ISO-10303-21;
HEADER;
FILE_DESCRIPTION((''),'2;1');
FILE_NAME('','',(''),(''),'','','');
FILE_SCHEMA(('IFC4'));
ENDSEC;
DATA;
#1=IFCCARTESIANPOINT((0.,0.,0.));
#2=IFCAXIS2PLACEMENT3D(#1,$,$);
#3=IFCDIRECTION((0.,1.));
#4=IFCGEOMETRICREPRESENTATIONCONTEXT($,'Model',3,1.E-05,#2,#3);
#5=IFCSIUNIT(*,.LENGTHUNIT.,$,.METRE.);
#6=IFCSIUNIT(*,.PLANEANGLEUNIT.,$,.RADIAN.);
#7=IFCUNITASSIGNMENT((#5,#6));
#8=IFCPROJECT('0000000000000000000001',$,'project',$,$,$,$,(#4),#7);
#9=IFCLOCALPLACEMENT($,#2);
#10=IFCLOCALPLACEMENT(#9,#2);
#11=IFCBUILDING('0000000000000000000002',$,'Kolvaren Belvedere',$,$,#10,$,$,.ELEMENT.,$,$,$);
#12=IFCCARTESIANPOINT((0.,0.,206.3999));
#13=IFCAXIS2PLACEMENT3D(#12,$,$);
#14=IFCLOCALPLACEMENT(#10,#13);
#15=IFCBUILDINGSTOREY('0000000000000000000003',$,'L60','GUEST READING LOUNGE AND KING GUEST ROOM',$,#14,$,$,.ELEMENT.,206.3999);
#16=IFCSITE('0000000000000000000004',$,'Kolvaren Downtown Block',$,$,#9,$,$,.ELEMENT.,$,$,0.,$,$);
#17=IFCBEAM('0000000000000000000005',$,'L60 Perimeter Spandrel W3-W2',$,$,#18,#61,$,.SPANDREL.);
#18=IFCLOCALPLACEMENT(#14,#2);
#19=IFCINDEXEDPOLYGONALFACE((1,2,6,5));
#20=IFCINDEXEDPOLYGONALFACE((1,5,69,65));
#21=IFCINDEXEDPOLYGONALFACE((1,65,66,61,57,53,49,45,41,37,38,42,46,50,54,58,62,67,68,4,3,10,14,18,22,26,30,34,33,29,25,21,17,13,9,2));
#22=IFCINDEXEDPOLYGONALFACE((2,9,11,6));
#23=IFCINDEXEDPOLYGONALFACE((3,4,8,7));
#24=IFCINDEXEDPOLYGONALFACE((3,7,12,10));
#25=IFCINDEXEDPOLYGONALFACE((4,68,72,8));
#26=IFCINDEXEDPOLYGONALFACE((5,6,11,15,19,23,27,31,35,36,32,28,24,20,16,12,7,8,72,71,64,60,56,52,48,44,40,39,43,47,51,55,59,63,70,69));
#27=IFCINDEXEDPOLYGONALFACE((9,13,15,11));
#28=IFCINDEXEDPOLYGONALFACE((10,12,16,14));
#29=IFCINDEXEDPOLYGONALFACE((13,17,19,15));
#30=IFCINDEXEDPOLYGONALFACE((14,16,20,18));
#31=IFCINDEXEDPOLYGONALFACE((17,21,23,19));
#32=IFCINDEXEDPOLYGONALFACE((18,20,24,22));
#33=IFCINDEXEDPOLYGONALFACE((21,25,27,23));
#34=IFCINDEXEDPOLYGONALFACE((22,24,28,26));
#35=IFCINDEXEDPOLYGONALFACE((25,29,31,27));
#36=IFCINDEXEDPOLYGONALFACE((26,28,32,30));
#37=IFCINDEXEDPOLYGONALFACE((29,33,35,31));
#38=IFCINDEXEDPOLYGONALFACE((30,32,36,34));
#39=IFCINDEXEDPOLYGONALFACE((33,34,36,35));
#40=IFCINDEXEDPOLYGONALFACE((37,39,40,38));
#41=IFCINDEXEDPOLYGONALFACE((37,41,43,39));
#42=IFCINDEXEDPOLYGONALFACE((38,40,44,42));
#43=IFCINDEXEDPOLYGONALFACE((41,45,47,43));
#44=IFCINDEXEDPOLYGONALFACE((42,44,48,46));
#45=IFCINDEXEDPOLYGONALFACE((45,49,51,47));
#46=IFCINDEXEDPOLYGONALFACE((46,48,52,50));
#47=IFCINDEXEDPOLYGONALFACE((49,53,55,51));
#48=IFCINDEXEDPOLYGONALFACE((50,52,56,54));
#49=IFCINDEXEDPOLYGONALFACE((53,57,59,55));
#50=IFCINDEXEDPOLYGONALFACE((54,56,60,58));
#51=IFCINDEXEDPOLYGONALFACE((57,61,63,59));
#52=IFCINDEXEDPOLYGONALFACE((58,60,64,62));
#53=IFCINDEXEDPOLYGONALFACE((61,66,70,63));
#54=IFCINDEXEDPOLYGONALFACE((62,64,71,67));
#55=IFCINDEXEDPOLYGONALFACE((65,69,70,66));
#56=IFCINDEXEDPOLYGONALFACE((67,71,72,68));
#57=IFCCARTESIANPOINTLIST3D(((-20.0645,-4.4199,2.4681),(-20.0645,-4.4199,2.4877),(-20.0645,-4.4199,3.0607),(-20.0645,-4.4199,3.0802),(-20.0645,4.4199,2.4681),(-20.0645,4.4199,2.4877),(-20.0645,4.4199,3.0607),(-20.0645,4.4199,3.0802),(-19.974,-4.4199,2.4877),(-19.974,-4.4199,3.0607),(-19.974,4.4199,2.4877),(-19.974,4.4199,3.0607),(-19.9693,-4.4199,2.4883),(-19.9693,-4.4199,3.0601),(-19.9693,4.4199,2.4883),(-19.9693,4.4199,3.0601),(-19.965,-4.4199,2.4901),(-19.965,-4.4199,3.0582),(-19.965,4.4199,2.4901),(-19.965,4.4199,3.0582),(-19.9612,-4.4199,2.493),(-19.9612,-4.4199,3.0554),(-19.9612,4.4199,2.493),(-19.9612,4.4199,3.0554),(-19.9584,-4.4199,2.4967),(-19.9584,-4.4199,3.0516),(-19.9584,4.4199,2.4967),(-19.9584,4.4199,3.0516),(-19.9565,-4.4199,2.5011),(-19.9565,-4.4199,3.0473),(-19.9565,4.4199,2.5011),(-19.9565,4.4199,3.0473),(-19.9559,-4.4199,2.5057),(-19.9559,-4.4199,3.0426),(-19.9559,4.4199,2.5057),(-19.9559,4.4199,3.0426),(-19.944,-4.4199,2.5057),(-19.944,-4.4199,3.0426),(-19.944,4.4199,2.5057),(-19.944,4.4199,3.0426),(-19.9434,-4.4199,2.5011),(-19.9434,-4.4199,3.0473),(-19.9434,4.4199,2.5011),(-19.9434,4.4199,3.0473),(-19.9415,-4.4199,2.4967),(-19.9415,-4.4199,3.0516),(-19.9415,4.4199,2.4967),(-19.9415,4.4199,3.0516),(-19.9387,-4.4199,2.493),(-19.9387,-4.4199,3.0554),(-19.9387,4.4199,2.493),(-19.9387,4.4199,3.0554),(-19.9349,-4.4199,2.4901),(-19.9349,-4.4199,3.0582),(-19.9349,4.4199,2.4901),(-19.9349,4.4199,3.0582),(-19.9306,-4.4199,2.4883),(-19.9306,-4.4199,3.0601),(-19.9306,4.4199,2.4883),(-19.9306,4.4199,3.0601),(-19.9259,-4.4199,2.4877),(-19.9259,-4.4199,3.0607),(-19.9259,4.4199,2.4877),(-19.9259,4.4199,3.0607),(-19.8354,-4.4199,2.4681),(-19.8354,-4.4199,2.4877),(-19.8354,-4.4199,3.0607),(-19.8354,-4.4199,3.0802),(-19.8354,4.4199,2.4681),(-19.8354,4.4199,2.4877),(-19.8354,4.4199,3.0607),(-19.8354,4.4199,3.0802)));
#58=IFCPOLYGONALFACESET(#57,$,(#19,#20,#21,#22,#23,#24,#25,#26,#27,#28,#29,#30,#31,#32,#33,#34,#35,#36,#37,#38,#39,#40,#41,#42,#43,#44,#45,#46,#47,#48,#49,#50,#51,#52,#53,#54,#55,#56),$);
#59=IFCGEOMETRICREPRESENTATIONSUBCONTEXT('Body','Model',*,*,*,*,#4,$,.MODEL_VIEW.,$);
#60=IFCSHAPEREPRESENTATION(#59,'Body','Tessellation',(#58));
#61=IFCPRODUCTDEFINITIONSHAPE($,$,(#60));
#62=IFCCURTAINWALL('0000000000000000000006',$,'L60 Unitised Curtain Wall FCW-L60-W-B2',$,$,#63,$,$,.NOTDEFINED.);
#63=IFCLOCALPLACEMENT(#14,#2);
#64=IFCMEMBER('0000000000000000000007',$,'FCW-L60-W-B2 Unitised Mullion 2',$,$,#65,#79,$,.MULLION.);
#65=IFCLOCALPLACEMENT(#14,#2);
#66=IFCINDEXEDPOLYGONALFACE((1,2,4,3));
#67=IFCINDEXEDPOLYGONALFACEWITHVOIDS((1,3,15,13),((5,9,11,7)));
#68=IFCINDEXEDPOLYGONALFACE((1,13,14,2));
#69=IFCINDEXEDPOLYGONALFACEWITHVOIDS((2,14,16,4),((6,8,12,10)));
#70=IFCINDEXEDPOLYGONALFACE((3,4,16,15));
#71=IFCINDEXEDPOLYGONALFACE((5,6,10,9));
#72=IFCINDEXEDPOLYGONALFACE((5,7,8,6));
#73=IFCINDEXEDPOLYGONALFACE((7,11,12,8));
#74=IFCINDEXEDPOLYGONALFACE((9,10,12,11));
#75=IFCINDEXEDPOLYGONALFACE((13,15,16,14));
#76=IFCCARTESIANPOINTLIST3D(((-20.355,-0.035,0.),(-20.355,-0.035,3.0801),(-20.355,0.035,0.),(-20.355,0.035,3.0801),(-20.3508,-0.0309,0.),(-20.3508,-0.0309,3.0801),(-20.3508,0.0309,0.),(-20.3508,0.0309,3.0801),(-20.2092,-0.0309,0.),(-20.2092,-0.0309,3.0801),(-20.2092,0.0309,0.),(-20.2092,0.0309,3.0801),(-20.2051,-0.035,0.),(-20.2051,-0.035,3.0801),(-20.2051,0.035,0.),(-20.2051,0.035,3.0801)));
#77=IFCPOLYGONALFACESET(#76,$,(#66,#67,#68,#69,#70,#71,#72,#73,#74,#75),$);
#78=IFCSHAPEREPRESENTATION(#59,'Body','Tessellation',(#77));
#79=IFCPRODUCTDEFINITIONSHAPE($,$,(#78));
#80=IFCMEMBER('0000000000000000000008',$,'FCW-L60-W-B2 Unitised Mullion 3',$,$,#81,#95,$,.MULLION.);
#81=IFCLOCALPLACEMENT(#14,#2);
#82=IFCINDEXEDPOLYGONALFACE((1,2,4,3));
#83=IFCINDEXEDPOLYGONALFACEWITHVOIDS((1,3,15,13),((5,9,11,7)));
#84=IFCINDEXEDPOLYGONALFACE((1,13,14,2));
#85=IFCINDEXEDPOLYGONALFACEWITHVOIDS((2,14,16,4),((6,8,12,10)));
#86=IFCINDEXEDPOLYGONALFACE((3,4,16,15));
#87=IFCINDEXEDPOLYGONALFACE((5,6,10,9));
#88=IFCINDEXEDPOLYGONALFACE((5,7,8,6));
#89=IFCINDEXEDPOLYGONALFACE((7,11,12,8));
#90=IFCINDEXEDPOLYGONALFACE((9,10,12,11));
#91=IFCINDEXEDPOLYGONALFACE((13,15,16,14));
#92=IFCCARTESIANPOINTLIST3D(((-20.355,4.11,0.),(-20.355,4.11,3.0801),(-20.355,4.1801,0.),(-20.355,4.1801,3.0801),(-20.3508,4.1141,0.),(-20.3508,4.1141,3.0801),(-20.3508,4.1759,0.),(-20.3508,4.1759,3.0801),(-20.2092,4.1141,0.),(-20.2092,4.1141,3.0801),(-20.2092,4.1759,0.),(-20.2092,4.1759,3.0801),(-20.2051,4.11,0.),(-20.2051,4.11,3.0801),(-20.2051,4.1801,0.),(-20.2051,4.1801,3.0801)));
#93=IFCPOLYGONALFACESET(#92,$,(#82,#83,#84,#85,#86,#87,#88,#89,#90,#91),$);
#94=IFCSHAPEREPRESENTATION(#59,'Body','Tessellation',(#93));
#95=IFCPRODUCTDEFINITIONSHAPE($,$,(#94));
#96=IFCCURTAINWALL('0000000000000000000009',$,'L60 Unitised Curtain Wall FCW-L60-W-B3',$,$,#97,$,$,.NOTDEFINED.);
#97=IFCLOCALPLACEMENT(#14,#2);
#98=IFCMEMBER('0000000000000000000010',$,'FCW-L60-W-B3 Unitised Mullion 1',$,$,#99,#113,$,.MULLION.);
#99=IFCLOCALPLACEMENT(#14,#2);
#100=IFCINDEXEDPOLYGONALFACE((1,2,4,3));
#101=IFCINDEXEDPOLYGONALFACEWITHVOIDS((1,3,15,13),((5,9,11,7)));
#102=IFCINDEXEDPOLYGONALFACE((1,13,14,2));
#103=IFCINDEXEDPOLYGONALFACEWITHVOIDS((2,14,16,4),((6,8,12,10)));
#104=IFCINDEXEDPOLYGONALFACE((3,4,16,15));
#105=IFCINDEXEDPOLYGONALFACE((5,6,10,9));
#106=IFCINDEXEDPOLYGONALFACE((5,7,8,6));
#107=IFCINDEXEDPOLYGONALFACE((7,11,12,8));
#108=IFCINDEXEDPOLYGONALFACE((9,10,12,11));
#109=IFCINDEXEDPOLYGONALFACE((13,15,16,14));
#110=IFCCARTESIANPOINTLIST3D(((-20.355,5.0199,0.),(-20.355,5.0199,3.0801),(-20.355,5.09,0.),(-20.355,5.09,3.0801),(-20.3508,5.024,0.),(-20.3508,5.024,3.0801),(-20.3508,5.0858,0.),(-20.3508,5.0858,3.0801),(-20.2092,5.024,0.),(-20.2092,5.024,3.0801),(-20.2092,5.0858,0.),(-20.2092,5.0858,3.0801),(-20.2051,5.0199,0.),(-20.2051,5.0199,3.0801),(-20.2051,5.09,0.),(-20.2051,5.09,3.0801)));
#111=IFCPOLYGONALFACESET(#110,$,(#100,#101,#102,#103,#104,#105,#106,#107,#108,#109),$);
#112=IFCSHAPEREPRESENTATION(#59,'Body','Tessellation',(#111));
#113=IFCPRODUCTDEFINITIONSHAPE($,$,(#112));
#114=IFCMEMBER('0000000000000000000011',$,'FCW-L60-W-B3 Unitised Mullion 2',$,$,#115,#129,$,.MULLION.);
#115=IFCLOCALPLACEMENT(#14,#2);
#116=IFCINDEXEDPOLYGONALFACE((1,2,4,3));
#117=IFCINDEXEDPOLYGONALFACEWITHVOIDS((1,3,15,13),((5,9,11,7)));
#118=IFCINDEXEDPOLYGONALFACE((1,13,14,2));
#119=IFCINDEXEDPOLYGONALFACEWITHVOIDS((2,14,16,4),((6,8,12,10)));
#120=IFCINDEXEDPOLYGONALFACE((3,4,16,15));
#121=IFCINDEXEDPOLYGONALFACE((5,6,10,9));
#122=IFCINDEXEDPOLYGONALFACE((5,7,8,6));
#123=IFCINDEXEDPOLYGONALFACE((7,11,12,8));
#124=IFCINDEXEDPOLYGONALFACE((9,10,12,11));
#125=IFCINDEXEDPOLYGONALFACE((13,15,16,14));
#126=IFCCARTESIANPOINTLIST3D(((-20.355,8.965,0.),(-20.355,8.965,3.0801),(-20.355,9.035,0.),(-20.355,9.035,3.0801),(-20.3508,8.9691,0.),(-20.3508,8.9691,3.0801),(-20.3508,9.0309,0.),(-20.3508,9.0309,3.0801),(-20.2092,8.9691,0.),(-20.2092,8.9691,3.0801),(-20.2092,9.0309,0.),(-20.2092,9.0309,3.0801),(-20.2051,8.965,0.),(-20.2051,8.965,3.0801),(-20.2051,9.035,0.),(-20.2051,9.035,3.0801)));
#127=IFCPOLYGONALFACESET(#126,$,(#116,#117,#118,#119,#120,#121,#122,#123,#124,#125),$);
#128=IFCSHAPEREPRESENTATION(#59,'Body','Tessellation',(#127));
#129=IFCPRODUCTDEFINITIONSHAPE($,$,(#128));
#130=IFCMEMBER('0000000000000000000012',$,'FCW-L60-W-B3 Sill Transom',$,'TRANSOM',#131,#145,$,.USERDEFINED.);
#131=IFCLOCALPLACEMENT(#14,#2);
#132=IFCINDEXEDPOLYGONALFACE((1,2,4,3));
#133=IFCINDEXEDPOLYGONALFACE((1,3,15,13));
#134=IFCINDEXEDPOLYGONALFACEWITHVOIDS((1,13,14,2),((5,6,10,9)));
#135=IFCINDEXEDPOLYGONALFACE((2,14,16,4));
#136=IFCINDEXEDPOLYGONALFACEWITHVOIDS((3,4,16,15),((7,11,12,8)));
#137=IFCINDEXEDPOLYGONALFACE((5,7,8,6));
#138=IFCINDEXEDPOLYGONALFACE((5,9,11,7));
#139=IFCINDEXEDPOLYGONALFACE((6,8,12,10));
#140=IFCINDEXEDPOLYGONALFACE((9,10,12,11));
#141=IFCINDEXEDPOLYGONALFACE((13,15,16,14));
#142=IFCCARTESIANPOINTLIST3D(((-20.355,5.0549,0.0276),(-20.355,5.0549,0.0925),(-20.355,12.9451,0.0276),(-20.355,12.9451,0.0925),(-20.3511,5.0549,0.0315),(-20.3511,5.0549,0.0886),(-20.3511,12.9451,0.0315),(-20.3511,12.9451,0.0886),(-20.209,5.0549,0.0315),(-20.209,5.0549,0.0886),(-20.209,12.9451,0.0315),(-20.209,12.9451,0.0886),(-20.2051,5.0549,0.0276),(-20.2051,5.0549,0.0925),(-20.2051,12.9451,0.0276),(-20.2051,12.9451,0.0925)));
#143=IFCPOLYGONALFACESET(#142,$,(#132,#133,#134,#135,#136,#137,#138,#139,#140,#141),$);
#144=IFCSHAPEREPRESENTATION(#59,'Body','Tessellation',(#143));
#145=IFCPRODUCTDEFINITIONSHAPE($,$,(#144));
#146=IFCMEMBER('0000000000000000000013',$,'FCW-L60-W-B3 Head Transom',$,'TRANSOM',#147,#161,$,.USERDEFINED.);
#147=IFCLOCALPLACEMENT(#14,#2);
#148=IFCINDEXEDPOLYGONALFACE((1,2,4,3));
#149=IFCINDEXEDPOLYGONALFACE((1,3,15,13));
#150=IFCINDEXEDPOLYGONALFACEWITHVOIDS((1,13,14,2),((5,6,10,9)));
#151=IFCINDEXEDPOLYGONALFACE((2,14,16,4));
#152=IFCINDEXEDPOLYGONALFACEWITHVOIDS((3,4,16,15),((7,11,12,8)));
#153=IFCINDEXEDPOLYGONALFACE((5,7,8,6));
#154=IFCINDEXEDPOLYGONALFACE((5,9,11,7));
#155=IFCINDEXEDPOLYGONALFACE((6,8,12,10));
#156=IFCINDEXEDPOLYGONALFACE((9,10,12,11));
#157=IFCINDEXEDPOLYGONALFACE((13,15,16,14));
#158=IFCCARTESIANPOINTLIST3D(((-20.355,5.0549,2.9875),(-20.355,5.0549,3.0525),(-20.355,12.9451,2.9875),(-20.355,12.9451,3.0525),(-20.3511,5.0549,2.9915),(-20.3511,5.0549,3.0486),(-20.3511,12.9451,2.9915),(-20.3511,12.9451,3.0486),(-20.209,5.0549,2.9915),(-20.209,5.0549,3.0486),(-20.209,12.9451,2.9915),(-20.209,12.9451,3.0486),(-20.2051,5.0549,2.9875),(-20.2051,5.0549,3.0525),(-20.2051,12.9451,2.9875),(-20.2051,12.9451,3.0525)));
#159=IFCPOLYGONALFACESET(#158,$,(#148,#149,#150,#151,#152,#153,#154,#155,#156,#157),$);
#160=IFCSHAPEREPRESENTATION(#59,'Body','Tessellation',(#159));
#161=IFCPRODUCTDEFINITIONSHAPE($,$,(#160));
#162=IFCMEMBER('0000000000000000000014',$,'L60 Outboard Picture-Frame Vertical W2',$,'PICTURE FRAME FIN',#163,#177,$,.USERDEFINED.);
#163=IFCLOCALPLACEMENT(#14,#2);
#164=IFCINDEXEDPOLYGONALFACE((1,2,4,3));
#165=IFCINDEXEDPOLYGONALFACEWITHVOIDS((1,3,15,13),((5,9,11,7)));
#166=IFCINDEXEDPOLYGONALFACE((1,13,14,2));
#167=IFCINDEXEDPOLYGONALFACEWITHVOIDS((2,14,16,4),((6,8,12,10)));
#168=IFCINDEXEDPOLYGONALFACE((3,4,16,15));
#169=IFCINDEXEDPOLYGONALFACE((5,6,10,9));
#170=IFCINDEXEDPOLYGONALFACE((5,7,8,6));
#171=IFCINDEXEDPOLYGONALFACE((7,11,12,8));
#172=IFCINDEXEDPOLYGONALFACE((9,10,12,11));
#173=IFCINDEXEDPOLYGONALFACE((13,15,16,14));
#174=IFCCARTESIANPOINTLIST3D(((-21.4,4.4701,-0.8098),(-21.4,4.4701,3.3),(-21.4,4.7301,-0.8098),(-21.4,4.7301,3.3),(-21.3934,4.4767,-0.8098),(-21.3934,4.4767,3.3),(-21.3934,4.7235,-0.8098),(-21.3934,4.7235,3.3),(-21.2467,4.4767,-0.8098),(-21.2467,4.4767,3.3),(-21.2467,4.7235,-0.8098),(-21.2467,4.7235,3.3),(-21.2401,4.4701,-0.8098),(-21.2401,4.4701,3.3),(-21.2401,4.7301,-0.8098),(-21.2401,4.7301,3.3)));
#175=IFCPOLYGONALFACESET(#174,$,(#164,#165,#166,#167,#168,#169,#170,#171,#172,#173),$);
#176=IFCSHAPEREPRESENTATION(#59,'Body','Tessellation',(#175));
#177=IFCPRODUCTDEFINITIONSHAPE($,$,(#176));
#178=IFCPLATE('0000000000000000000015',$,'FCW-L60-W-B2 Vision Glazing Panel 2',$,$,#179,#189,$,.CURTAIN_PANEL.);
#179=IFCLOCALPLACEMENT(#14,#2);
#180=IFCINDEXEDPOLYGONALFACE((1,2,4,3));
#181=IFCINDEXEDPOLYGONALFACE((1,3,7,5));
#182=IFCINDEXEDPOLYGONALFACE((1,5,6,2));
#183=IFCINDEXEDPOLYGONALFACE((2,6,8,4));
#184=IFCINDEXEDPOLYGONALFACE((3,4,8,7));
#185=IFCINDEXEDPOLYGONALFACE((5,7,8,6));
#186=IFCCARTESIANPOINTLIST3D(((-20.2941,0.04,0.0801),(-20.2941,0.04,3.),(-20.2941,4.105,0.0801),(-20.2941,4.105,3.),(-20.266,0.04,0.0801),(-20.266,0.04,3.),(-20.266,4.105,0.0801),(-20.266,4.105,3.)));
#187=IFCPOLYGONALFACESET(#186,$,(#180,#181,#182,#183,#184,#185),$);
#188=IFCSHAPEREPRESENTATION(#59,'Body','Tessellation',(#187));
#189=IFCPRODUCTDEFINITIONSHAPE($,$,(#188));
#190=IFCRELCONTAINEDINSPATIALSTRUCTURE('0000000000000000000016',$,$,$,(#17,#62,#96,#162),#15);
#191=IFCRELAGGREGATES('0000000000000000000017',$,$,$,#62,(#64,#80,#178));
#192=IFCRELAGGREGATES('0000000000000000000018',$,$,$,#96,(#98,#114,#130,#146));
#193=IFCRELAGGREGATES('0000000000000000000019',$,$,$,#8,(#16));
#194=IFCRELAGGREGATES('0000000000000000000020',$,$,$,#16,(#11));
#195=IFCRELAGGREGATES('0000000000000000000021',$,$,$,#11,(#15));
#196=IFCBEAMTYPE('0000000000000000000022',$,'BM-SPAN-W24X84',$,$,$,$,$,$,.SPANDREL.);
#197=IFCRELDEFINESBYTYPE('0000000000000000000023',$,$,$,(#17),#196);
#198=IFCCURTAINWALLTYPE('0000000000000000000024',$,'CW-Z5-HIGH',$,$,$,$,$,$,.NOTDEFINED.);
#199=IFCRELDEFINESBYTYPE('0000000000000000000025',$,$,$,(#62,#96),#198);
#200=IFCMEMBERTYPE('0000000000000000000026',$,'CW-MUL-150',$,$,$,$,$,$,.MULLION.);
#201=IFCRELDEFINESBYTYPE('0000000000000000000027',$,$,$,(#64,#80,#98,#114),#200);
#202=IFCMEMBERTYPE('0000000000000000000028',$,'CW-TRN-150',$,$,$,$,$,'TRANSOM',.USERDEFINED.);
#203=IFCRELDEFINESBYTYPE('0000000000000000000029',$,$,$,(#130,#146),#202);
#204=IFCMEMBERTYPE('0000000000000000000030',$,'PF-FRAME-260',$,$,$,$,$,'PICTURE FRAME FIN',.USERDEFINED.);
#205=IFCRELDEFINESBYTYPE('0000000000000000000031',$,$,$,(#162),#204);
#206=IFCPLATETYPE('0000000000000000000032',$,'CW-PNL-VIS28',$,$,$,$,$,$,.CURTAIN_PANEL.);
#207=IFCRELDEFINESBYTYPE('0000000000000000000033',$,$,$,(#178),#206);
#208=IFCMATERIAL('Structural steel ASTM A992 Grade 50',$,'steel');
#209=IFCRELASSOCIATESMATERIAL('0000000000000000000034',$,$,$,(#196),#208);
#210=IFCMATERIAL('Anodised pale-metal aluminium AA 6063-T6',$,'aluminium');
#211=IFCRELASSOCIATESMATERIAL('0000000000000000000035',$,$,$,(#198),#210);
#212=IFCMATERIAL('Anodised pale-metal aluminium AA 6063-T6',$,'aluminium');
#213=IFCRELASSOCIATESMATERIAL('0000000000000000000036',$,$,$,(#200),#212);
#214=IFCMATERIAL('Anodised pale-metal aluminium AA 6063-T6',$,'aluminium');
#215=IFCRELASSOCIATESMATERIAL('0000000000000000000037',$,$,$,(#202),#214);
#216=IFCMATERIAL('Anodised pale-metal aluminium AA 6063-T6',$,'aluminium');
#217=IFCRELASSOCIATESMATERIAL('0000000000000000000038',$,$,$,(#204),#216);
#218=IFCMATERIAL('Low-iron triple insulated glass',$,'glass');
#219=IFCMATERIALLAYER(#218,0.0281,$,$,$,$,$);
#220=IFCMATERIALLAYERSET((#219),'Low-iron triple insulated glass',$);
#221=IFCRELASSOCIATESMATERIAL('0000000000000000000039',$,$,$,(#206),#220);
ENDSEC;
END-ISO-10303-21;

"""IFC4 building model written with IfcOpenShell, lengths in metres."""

from ifc_helpers import new_model, si_unit, direction, frame, origin, origin_2d, place, context, subcontext, project, spatial, rectangle, hollow_rectangle, i_section, extrude, material, layer, layer_set, material_profile, profile_set, type_object, element, aggregate, save


model = new_model("IFC4")

# Units and contexts
model_context = context("Model", 3, precision=1e-05, world=origin(), true_north=direction((0.0, 1.0)))
body_context = subcontext(model_context, "Body", "Model", "MODEL_VIEW")
ifc_project = project(units=[si_unit("LENGTHUNIT", "METRE"), si_unit("PLANEANGLEUNIT", "RADIAN")], contexts=[model_context])

# Site, building, storey
site_placement = place(None, origin())
site = spatial("IfcSite", under=ifc_project, at=site_placement, Name="Kolvaren Downtown Block", CompositionType="ELEMENT", RefElevation=0.0)
building_placement = place(site_placement, origin())
building = spatial("IfcBuilding", under=site, at=building_placement, Name="Kolvaren Belvedere", CompositionType="ELEMENT")
storey_placement = place(building_placement, frame((0.0, 0.0, 206.3999)))
storey = spatial("IfcBuildingStorey", under=building, at=storey_placement, Name="L60", Description="GUEST READING LOUNGE AND KING GUEST ROOM", CompositionType="ELEMENT", Elevation=206.3999)

# Beam
ifc_material_1 = material(Name="Structural steel ASTM A992 Grade 50", Category="steel")
ifc_material_profile_1 = material_profile(ifc_material_1, i_section(OverallWidth=0.229, OverallDepth=0.6121, WebThickness=0.012, FlangeThickness=0.0195, FilletRadius=0.0181, at=origin_2d()), Name="W24X84")
ifc_profile_set_1 = profile_set([ifc_material_profile_1], Name="Structural steel ASTM A992 Grade 50")
beam_type_1 = type_object("IfcBeamType", Name="BM-SPAN-W24X84", PredefinedType="SPANDREL", material=ifc_profile_set_1)
beam_1_placement = place(storey_placement, frame((-19.95, 4.4199, 2.7742), z_axis=(0.0, -1.0, 0.0), x_axis=(1.0, 0.0, 0.0)))
element("IfcBeam", 1, at=beam_1_placement, inside=storey, type_object=beam_type_1, Name="L60 Perimeter Spandrel W3-W2", PredefinedType="SPANDREL", context=body_context, shape_type="SweptSolid", body=[
    extrude(i_section(OverallWidth=0.229, OverallDepth=0.6121, WebThickness=0.012, FlangeThickness=0.0195, FilletRadius=0.0181, at=origin_2d()), origin(), (0.0, 0.0, 1.0), 8.8398),
])

# Curtain walls, members
ifc_material_2 = material(Name="Anodised pale-metal aluminium AA 6063-T6", Category="aluminium")
curtain_wall_type = type_object("IfcCurtainWallType", Name="CW-Z5-HIGH", PredefinedType="NOTDEFINED", material=ifc_material_2)
curtain_wall_1_placement = place(storey_placement, origin())
curtain_wall_1 = element("IfcCurtainWall", 2, at=curtain_wall_1_placement, inside=storey, type_object=curtain_wall_type, Name="L60 Unitised Curtain Wall FCW-L60-W-B2", PredefinedType="NOTDEFINED")
ifc_material_3 = material(Name="Anodised pale-metal aluminium AA 6063-T6", Category="aluminium")
ifc_material_profile_2 = material_profile(ifc_material_3, hollow_rectangle(XDim=0.0701, YDim=0.1499, WallThickness=0.0042, at=origin_2d()), Name="ALU-MUL-150X70")
ifc_profile_set_2 = profile_set([ifc_material_profile_2], Name="Anodised pale-metal aluminium AA 6063-T6")
member_type_1 = type_object("IfcMemberType", Name="CW-MUL-150", PredefinedType="MULLION", material=ifc_profile_set_2)
member_1_placement = place(storey_placement, frame((-20.28, 0.0, 0.0), z_axis=(0.0, 0.0, 1.0), x_axis=(0.0, 1.0, 0.0)))
member_1 = element("IfcMember", 3, at=member_1_placement, type_object=member_type_1, Name="FCW-L60-W-B2 Unitised Mullion 2", PredefinedType="MULLION", context=body_context, shape_type="SweptSolid", body=[
    extrude(hollow_rectangle(XDim=0.0701, YDim=0.1499, WallThickness=0.0042, at=origin_2d()), origin(), (0.0, 0.0, 1.0), 3.0801),
])
member_2_placement = place(storey_placement, frame((-20.28, 4.145, 0.0), z_axis=(0.0, 0.0, 1.0), x_axis=(0.0, 1.0, 0.0)))
member_2 = element("IfcMember", 4, at=member_2_placement, type_object=member_type_1, Name="FCW-L60-W-B2 Unitised Mullion 3", PredefinedType="MULLION", context=body_context, shape_type="SweptSolid", body=[
    extrude(hollow_rectangle(XDim=0.0701, YDim=0.1499, WallThickness=0.0042, at=origin_2d()), origin(), (0.0, 0.0, 1.0), 3.0801),
])
curtain_wall_2_placement = place(storey_placement, origin())
curtain_wall_2 = element("IfcCurtainWall", 5, at=curtain_wall_2_placement, inside=storey, type_object=curtain_wall_type, Name="L60 Unitised Curtain Wall FCW-L60-W-B3", PredefinedType="NOTDEFINED")
member_3_placement = place(storey_placement, frame((-20.28, 5.0549, 0.0), z_axis=(0.0, 0.0, 1.0), x_axis=(0.0, 1.0, 0.0)))
member_3 = element("IfcMember", 6, at=member_3_placement, type_object=member_type_1, Name="FCW-L60-W-B3 Unitised Mullion 1", PredefinedType="MULLION", context=body_context, shape_type="SweptSolid", body=[
    extrude(hollow_rectangle(XDim=0.0701, YDim=0.1499, WallThickness=0.0042, at=origin_2d()), origin(), (0.0, 0.0, 1.0), 3.0801),
])
member_4_placement = place(storey_placement, frame((-20.28, 9.0, 0.0), z_axis=(0.0, 0.0, 1.0), x_axis=(0.0, 1.0, 0.0)))
member_4 = element("IfcMember", 7, at=member_4_placement, type_object=member_type_1, Name="FCW-L60-W-B3 Unitised Mullion 2", PredefinedType="MULLION", context=body_context, shape_type="SweptSolid", body=[
    extrude(hollow_rectangle(XDim=0.0701, YDim=0.1499, WallThickness=0.0042, at=origin_2d()), origin(), (0.0, 0.0, 1.0), 3.0801),
])
ifc_material_4 = material(Name="Anodised pale-metal aluminium AA 6063-T6", Category="aluminium")
ifc_material_profile_3 = material_profile(ifc_material_4, hollow_rectangle(XDim=0.0649, YDim=0.1499, WallThickness=0.0039, at=origin_2d()), Name="ALU-TRN-150X65")
ifc_profile_set_3 = profile_set([ifc_material_profile_3], Name="Anodised pale-metal aluminium AA 6063-T6")
member_type_2 = type_object("IfcMemberType", Name="CW-TRN-150", ElementType="TRANSOM", PredefinedType="USERDEFINED", material=ifc_profile_set_3)
member_5_placement = place(storey_placement, frame((-20.28, 5.0549, 0.0601), z_axis=(0.0, 1.0, 0.0), x_axis=(0.0, 0.0, 1.0)))
member_5 = element("IfcMember", 8, at=member_5_placement, type_object=member_type_2, Name="FCW-L60-W-B3 Sill Transom", ObjectType="TRANSOM", PredefinedType="USERDEFINED", context=body_context, shape_type="SweptSolid", body=[
    extrude(hollow_rectangle(XDim=0.0649, YDim=0.1499, WallThickness=0.0039, at=origin_2d()), origin(), (0.0, 0.0, 1.0), 7.8901),
])
member_6_placement = place(storey_placement, frame((-20.28, 5.0549, 3.02), z_axis=(0.0, 1.0, 0.0), x_axis=(0.0, 0.0, 1.0)))
member_6 = element("IfcMember", 9, at=member_6_placement, type_object=member_type_2, Name="FCW-L60-W-B3 Head Transom", ObjectType="TRANSOM", PredefinedType="USERDEFINED", context=body_context, shape_type="SweptSolid", body=[
    extrude(hollow_rectangle(XDim=0.0649, YDim=0.1499, WallThickness=0.0039, at=origin_2d()), origin(), (0.0, 0.0, 1.0), 7.8901),
])

# Member
ifc_material_5 = material(Name="Anodised pale-metal aluminium AA 6063-T6", Category="aluminium")
ifc_material_profile_4 = material_profile(ifc_material_5, hollow_rectangle(XDim=0.1599, YDim=0.26, WallThickness=0.0066, at=origin_2d()), Name="ALU-PF-260X160")
ifc_profile_set_4 = profile_set([ifc_material_profile_4], Name="Anodised pale-metal aluminium AA 6063-T6")
member_type_3 = type_object("IfcMemberType", Name="PF-FRAME-260", ElementType="PICTURE FRAME FIN", PredefinedType="USERDEFINED", material=ifc_profile_set_4)
member_7_placement = place(storey_placement, frame((-21.3201, 4.6001, -0.8098), z_axis=(0.0, 0.0, 1.0), x_axis=(1.0, 0.0, 0.0)))
element("IfcMember", 10, at=member_7_placement, inside=storey, type_object=member_type_3, Name="L60 Outboard Picture-Frame Vertical W2", ObjectType="PICTURE FRAME FIN", PredefinedType="USERDEFINED", context=body_context, shape_type="SweptSolid", body=[
    extrude(hollow_rectangle(XDim=0.1599, YDim=0.26, WallThickness=0.0066, at=origin_2d()), origin(), (0.0, 0.0, 1.0), 4.1099),
])

# Plate
ifc_material_6 = material(Name="Low-iron triple insulated glass", Category="glass")
ifc_layer_1 = layer(ifc_material_6, 0.0281)
ifc_layer_set_1 = layer_set([ifc_layer_1], Name="Low-iron triple insulated glass")
plate_type_1 = type_object("IfcPlateType", Name="CW-PNL-VIS28", PredefinedType="CURTAIN_PANEL", material=ifc_layer_set_1)
plate_1_placement = place(storey_placement, frame((-20.28, 2.0725, 0.0801), z_axis=(0.0, 0.0, 1.0), x_axis=(0.0, 1.0, 0.0)))
plate_1 = element("IfcPlate", 11, at=plate_1_placement, type_object=plate_type_1, Name="FCW-L60-W-B2 Vision Glazing Panel 2", PredefinedType="CURTAIN_PANEL", context=body_context, shape_type="SweptSolid", body=[
    extrude(rectangle(XDim=4.0649, YDim=0.0281, at=origin_2d()), origin(), (0.0, 0.0, 1.0), 2.9199),
])
aggregate(curtain_wall_1, [member_1, member_2, plate_1])
aggregate(curtain_wall_2, [member_3, member_4, member_5, member_6])

save(model, "model.ifc")
